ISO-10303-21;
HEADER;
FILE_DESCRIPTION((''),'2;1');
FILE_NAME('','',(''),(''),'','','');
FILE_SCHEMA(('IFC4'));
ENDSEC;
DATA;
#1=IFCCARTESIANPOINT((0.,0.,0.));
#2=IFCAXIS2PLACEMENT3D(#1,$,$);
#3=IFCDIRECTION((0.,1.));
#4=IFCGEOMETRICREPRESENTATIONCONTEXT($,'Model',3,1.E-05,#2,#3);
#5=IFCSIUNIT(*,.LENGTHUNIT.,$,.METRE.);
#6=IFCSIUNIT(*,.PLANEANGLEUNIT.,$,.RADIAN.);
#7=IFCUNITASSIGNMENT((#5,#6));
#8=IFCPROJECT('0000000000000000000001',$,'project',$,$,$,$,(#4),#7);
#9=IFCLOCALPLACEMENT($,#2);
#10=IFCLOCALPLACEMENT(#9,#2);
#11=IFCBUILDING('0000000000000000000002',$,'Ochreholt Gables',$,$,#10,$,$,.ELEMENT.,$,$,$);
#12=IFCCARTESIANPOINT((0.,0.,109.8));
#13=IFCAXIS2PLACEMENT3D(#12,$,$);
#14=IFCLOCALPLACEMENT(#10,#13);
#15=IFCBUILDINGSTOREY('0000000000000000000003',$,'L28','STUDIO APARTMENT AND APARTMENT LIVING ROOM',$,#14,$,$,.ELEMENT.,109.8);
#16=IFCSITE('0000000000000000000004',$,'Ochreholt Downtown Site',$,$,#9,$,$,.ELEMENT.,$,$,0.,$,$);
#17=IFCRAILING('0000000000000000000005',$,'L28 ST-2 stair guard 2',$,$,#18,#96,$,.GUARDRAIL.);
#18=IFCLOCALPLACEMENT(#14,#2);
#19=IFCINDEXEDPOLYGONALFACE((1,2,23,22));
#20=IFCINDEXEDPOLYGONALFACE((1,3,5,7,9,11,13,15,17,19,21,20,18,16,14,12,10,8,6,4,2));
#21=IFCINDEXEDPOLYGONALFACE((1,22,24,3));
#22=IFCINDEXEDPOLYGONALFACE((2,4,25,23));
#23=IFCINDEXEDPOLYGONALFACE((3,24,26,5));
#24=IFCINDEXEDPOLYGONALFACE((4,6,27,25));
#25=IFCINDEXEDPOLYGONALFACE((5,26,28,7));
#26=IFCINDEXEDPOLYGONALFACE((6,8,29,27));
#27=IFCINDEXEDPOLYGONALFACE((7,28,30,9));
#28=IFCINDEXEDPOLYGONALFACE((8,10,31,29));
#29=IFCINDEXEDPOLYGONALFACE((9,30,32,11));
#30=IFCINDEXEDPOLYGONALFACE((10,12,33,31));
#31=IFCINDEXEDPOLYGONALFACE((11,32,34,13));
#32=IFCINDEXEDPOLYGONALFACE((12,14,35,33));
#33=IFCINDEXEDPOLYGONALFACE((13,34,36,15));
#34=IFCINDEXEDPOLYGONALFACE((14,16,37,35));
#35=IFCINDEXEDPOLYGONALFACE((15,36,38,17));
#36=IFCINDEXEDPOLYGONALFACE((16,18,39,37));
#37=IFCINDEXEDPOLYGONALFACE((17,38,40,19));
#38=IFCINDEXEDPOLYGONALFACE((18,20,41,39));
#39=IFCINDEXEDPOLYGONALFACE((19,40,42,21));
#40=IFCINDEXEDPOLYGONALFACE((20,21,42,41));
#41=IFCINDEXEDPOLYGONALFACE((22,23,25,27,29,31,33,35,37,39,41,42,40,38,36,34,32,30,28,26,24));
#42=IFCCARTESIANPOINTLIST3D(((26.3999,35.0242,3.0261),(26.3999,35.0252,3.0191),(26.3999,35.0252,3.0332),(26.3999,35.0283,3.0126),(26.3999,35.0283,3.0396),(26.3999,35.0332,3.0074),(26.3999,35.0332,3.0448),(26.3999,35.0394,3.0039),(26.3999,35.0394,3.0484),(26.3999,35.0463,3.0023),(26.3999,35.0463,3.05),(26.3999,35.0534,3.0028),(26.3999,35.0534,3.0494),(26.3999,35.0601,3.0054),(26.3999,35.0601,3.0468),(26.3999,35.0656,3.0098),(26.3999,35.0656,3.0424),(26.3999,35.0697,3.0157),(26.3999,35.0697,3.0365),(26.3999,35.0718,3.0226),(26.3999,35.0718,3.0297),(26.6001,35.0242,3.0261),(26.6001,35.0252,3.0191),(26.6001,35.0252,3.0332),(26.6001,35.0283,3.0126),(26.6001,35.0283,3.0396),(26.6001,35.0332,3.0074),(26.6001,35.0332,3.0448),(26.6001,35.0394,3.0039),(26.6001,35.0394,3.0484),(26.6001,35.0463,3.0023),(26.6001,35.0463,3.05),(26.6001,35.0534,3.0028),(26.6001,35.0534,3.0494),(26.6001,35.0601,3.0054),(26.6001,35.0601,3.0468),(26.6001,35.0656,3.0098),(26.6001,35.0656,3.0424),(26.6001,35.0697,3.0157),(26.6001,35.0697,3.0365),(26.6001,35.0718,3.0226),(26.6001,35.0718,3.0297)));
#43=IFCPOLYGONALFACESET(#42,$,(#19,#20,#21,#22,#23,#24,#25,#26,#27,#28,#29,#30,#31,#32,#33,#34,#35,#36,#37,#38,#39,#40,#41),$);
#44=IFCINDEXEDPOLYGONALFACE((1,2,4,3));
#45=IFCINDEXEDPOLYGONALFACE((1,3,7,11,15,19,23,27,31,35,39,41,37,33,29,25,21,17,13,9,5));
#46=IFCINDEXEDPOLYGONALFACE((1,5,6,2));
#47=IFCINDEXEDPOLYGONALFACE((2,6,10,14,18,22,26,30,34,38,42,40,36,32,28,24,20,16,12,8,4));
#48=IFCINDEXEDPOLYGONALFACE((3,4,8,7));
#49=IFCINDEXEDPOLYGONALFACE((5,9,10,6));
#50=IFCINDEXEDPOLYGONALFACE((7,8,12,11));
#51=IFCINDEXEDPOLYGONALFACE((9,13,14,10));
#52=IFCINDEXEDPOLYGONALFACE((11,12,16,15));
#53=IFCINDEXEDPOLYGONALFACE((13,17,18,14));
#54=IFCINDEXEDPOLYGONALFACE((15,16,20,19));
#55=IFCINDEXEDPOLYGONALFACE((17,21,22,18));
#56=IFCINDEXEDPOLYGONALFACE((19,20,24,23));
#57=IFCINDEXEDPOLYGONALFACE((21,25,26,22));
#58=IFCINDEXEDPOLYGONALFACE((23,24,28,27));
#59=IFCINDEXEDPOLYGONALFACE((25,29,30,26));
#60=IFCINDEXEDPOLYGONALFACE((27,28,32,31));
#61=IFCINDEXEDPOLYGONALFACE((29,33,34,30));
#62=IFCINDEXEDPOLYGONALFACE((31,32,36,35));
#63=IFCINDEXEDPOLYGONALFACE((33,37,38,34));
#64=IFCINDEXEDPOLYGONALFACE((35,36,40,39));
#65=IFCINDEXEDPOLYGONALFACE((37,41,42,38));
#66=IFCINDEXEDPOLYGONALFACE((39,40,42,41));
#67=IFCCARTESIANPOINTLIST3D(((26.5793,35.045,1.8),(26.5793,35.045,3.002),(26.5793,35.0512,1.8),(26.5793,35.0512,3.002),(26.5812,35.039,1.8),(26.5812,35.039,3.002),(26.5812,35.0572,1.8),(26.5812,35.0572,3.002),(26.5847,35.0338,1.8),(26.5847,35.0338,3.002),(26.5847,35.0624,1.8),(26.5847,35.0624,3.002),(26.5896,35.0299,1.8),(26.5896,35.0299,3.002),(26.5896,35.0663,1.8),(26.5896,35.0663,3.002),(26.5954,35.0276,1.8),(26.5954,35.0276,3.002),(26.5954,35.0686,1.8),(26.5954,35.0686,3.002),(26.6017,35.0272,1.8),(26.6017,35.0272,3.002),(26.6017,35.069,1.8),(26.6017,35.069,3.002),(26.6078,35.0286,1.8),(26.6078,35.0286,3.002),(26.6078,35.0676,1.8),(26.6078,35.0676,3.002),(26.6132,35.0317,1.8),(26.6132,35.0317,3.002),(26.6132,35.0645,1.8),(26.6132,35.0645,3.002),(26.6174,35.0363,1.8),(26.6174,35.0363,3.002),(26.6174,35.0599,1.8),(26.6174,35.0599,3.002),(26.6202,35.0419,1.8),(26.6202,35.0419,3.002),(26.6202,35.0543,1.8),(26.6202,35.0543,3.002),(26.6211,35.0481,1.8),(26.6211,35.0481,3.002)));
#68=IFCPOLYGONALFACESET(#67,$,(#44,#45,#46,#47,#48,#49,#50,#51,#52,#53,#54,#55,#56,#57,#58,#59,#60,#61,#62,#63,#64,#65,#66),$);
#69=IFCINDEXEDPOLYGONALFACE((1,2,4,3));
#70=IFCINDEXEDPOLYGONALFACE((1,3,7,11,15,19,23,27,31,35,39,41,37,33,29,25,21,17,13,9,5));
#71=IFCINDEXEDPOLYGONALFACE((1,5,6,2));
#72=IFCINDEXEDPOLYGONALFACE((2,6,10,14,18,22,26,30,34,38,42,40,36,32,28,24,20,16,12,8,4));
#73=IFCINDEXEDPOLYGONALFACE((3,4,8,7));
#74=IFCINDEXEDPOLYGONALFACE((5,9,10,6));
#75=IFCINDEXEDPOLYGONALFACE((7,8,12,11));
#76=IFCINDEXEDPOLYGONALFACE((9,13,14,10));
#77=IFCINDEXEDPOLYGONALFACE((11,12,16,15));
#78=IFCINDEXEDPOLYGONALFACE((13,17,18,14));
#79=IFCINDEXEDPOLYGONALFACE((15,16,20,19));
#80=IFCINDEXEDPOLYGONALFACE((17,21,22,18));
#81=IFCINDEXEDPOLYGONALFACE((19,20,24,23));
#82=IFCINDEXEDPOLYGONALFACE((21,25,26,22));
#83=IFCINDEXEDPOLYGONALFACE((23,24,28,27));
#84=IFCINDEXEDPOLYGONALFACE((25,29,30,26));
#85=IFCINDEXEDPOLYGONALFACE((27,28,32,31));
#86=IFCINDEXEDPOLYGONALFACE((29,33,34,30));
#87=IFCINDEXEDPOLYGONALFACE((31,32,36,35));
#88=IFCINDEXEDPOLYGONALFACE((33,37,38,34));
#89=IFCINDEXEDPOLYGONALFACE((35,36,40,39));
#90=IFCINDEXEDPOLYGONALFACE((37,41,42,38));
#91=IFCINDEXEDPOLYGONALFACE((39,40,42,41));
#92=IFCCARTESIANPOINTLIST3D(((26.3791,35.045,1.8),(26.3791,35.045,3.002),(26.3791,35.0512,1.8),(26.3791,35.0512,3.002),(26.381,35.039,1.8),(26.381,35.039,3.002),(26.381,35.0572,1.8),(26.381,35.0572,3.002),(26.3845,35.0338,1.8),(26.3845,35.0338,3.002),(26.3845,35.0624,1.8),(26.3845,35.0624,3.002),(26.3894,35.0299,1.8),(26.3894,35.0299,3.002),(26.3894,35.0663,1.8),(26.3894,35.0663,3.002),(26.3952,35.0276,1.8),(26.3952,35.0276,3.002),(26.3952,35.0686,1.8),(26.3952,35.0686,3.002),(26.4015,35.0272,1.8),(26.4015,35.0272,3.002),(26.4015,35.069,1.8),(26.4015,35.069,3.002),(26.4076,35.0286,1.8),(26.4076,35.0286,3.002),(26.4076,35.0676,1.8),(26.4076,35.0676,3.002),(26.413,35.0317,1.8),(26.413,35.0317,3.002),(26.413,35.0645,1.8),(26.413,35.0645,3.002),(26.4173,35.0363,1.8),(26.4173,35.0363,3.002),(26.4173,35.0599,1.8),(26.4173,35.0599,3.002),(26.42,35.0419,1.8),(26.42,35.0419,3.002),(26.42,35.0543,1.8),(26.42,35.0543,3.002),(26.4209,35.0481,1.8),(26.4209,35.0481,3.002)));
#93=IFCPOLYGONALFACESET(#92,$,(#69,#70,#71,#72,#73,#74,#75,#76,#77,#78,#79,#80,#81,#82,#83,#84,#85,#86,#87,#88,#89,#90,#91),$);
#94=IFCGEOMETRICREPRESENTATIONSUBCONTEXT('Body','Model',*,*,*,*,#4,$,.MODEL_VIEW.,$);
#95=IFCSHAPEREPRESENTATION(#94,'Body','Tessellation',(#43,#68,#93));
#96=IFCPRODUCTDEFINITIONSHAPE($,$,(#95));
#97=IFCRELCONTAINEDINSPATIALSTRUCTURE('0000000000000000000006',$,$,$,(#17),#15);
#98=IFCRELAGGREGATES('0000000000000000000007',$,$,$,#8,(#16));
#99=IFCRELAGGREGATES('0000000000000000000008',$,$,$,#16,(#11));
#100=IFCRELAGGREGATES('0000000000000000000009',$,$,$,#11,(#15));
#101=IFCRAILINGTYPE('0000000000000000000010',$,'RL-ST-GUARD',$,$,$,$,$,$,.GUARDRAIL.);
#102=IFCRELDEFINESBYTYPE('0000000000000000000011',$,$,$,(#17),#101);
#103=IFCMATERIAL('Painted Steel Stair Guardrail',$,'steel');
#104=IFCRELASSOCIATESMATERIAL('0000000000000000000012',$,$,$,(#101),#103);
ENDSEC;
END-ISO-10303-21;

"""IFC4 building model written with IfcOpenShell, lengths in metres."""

from ifc_helpers import new_model, si_unit, direction, frame, origin, origin_2d, place, context, subcontext, project, spatial, circle, extrude, material, type_object, element, save


model = new_model("IFC4")

# Units and contexts
model_context = context("Model", 3, precision=1e-05, world=origin(), true_north=direction((0.0, 1.0)))
body_context = subcontext(model_context, "Body", "Model", "MODEL_VIEW")
ifc_project = project(units=[si_unit("LENGTHUNIT", "METRE"), si_unit("PLANEANGLEUNIT", "RADIAN")], contexts=[model_context])

# Site, building, storey
site_placement = place(None, origin())
site = spatial("IfcSite", under=ifc_project, at=site_placement, Name="Ochreholt Downtown Site", CompositionType="ELEMENT", RefElevation=0.0)
building_placement = place(site_placement, origin())
building = spatial("IfcBuilding", under=site, at=building_placement, Name="Ochreholt Gables", CompositionType="ELEMENT")
storey_placement = place(building_placement, frame((0.0, 0.0, 109.8)))
storey = spatial("IfcBuildingStorey", under=building, at=storey_placement, Name="L28", Description="STUDIO APARTMENT AND APARTMENT LIVING ROOM", CompositionType="ELEMENT", Elevation=109.8)

# Railing
ifc_material_1 = material(Name="Painted Steel Stair Guardrail", Category="steel")
railing_type_1 = type_object("IfcRailingType", Name="RL-ST-GUARD", PredefinedType="GUARDRAIL", material=ifc_material_1)
railing_1_placement = place(storey_placement, frame((26.6001, 35.0481, 1.8)))
element("IfcRailing", 1, at=railing_1_placement, inside=storey, type_object=railing_type_1, Name="L28 ST-2 stair guard 2", PredefinedType="GUARDRAIL", context=body_context, shape_type="SweptSolid", body=[
    extrude(circle(Radius=0.0239, at=origin_2d()), frame((0.0, 0.0, 1.2261), z_axis=(-1.0, 0.0, 0.0), x_axis=(0.0, -1.0, 0.0)), (0.0, 0.0, 1.0), 0.2002),
    extrude(circle(Radius=0.021, at=origin_2d()), origin(), (0.0, 0.0, 1.0), 1.2019),
    extrude(circle(Radius=0.021, at=origin_2d()), frame((-0.2002, 0.0, 0.0)), (0.0, 0.0, 1.0), 1.2019),
])

save(model, "model.ifc")
